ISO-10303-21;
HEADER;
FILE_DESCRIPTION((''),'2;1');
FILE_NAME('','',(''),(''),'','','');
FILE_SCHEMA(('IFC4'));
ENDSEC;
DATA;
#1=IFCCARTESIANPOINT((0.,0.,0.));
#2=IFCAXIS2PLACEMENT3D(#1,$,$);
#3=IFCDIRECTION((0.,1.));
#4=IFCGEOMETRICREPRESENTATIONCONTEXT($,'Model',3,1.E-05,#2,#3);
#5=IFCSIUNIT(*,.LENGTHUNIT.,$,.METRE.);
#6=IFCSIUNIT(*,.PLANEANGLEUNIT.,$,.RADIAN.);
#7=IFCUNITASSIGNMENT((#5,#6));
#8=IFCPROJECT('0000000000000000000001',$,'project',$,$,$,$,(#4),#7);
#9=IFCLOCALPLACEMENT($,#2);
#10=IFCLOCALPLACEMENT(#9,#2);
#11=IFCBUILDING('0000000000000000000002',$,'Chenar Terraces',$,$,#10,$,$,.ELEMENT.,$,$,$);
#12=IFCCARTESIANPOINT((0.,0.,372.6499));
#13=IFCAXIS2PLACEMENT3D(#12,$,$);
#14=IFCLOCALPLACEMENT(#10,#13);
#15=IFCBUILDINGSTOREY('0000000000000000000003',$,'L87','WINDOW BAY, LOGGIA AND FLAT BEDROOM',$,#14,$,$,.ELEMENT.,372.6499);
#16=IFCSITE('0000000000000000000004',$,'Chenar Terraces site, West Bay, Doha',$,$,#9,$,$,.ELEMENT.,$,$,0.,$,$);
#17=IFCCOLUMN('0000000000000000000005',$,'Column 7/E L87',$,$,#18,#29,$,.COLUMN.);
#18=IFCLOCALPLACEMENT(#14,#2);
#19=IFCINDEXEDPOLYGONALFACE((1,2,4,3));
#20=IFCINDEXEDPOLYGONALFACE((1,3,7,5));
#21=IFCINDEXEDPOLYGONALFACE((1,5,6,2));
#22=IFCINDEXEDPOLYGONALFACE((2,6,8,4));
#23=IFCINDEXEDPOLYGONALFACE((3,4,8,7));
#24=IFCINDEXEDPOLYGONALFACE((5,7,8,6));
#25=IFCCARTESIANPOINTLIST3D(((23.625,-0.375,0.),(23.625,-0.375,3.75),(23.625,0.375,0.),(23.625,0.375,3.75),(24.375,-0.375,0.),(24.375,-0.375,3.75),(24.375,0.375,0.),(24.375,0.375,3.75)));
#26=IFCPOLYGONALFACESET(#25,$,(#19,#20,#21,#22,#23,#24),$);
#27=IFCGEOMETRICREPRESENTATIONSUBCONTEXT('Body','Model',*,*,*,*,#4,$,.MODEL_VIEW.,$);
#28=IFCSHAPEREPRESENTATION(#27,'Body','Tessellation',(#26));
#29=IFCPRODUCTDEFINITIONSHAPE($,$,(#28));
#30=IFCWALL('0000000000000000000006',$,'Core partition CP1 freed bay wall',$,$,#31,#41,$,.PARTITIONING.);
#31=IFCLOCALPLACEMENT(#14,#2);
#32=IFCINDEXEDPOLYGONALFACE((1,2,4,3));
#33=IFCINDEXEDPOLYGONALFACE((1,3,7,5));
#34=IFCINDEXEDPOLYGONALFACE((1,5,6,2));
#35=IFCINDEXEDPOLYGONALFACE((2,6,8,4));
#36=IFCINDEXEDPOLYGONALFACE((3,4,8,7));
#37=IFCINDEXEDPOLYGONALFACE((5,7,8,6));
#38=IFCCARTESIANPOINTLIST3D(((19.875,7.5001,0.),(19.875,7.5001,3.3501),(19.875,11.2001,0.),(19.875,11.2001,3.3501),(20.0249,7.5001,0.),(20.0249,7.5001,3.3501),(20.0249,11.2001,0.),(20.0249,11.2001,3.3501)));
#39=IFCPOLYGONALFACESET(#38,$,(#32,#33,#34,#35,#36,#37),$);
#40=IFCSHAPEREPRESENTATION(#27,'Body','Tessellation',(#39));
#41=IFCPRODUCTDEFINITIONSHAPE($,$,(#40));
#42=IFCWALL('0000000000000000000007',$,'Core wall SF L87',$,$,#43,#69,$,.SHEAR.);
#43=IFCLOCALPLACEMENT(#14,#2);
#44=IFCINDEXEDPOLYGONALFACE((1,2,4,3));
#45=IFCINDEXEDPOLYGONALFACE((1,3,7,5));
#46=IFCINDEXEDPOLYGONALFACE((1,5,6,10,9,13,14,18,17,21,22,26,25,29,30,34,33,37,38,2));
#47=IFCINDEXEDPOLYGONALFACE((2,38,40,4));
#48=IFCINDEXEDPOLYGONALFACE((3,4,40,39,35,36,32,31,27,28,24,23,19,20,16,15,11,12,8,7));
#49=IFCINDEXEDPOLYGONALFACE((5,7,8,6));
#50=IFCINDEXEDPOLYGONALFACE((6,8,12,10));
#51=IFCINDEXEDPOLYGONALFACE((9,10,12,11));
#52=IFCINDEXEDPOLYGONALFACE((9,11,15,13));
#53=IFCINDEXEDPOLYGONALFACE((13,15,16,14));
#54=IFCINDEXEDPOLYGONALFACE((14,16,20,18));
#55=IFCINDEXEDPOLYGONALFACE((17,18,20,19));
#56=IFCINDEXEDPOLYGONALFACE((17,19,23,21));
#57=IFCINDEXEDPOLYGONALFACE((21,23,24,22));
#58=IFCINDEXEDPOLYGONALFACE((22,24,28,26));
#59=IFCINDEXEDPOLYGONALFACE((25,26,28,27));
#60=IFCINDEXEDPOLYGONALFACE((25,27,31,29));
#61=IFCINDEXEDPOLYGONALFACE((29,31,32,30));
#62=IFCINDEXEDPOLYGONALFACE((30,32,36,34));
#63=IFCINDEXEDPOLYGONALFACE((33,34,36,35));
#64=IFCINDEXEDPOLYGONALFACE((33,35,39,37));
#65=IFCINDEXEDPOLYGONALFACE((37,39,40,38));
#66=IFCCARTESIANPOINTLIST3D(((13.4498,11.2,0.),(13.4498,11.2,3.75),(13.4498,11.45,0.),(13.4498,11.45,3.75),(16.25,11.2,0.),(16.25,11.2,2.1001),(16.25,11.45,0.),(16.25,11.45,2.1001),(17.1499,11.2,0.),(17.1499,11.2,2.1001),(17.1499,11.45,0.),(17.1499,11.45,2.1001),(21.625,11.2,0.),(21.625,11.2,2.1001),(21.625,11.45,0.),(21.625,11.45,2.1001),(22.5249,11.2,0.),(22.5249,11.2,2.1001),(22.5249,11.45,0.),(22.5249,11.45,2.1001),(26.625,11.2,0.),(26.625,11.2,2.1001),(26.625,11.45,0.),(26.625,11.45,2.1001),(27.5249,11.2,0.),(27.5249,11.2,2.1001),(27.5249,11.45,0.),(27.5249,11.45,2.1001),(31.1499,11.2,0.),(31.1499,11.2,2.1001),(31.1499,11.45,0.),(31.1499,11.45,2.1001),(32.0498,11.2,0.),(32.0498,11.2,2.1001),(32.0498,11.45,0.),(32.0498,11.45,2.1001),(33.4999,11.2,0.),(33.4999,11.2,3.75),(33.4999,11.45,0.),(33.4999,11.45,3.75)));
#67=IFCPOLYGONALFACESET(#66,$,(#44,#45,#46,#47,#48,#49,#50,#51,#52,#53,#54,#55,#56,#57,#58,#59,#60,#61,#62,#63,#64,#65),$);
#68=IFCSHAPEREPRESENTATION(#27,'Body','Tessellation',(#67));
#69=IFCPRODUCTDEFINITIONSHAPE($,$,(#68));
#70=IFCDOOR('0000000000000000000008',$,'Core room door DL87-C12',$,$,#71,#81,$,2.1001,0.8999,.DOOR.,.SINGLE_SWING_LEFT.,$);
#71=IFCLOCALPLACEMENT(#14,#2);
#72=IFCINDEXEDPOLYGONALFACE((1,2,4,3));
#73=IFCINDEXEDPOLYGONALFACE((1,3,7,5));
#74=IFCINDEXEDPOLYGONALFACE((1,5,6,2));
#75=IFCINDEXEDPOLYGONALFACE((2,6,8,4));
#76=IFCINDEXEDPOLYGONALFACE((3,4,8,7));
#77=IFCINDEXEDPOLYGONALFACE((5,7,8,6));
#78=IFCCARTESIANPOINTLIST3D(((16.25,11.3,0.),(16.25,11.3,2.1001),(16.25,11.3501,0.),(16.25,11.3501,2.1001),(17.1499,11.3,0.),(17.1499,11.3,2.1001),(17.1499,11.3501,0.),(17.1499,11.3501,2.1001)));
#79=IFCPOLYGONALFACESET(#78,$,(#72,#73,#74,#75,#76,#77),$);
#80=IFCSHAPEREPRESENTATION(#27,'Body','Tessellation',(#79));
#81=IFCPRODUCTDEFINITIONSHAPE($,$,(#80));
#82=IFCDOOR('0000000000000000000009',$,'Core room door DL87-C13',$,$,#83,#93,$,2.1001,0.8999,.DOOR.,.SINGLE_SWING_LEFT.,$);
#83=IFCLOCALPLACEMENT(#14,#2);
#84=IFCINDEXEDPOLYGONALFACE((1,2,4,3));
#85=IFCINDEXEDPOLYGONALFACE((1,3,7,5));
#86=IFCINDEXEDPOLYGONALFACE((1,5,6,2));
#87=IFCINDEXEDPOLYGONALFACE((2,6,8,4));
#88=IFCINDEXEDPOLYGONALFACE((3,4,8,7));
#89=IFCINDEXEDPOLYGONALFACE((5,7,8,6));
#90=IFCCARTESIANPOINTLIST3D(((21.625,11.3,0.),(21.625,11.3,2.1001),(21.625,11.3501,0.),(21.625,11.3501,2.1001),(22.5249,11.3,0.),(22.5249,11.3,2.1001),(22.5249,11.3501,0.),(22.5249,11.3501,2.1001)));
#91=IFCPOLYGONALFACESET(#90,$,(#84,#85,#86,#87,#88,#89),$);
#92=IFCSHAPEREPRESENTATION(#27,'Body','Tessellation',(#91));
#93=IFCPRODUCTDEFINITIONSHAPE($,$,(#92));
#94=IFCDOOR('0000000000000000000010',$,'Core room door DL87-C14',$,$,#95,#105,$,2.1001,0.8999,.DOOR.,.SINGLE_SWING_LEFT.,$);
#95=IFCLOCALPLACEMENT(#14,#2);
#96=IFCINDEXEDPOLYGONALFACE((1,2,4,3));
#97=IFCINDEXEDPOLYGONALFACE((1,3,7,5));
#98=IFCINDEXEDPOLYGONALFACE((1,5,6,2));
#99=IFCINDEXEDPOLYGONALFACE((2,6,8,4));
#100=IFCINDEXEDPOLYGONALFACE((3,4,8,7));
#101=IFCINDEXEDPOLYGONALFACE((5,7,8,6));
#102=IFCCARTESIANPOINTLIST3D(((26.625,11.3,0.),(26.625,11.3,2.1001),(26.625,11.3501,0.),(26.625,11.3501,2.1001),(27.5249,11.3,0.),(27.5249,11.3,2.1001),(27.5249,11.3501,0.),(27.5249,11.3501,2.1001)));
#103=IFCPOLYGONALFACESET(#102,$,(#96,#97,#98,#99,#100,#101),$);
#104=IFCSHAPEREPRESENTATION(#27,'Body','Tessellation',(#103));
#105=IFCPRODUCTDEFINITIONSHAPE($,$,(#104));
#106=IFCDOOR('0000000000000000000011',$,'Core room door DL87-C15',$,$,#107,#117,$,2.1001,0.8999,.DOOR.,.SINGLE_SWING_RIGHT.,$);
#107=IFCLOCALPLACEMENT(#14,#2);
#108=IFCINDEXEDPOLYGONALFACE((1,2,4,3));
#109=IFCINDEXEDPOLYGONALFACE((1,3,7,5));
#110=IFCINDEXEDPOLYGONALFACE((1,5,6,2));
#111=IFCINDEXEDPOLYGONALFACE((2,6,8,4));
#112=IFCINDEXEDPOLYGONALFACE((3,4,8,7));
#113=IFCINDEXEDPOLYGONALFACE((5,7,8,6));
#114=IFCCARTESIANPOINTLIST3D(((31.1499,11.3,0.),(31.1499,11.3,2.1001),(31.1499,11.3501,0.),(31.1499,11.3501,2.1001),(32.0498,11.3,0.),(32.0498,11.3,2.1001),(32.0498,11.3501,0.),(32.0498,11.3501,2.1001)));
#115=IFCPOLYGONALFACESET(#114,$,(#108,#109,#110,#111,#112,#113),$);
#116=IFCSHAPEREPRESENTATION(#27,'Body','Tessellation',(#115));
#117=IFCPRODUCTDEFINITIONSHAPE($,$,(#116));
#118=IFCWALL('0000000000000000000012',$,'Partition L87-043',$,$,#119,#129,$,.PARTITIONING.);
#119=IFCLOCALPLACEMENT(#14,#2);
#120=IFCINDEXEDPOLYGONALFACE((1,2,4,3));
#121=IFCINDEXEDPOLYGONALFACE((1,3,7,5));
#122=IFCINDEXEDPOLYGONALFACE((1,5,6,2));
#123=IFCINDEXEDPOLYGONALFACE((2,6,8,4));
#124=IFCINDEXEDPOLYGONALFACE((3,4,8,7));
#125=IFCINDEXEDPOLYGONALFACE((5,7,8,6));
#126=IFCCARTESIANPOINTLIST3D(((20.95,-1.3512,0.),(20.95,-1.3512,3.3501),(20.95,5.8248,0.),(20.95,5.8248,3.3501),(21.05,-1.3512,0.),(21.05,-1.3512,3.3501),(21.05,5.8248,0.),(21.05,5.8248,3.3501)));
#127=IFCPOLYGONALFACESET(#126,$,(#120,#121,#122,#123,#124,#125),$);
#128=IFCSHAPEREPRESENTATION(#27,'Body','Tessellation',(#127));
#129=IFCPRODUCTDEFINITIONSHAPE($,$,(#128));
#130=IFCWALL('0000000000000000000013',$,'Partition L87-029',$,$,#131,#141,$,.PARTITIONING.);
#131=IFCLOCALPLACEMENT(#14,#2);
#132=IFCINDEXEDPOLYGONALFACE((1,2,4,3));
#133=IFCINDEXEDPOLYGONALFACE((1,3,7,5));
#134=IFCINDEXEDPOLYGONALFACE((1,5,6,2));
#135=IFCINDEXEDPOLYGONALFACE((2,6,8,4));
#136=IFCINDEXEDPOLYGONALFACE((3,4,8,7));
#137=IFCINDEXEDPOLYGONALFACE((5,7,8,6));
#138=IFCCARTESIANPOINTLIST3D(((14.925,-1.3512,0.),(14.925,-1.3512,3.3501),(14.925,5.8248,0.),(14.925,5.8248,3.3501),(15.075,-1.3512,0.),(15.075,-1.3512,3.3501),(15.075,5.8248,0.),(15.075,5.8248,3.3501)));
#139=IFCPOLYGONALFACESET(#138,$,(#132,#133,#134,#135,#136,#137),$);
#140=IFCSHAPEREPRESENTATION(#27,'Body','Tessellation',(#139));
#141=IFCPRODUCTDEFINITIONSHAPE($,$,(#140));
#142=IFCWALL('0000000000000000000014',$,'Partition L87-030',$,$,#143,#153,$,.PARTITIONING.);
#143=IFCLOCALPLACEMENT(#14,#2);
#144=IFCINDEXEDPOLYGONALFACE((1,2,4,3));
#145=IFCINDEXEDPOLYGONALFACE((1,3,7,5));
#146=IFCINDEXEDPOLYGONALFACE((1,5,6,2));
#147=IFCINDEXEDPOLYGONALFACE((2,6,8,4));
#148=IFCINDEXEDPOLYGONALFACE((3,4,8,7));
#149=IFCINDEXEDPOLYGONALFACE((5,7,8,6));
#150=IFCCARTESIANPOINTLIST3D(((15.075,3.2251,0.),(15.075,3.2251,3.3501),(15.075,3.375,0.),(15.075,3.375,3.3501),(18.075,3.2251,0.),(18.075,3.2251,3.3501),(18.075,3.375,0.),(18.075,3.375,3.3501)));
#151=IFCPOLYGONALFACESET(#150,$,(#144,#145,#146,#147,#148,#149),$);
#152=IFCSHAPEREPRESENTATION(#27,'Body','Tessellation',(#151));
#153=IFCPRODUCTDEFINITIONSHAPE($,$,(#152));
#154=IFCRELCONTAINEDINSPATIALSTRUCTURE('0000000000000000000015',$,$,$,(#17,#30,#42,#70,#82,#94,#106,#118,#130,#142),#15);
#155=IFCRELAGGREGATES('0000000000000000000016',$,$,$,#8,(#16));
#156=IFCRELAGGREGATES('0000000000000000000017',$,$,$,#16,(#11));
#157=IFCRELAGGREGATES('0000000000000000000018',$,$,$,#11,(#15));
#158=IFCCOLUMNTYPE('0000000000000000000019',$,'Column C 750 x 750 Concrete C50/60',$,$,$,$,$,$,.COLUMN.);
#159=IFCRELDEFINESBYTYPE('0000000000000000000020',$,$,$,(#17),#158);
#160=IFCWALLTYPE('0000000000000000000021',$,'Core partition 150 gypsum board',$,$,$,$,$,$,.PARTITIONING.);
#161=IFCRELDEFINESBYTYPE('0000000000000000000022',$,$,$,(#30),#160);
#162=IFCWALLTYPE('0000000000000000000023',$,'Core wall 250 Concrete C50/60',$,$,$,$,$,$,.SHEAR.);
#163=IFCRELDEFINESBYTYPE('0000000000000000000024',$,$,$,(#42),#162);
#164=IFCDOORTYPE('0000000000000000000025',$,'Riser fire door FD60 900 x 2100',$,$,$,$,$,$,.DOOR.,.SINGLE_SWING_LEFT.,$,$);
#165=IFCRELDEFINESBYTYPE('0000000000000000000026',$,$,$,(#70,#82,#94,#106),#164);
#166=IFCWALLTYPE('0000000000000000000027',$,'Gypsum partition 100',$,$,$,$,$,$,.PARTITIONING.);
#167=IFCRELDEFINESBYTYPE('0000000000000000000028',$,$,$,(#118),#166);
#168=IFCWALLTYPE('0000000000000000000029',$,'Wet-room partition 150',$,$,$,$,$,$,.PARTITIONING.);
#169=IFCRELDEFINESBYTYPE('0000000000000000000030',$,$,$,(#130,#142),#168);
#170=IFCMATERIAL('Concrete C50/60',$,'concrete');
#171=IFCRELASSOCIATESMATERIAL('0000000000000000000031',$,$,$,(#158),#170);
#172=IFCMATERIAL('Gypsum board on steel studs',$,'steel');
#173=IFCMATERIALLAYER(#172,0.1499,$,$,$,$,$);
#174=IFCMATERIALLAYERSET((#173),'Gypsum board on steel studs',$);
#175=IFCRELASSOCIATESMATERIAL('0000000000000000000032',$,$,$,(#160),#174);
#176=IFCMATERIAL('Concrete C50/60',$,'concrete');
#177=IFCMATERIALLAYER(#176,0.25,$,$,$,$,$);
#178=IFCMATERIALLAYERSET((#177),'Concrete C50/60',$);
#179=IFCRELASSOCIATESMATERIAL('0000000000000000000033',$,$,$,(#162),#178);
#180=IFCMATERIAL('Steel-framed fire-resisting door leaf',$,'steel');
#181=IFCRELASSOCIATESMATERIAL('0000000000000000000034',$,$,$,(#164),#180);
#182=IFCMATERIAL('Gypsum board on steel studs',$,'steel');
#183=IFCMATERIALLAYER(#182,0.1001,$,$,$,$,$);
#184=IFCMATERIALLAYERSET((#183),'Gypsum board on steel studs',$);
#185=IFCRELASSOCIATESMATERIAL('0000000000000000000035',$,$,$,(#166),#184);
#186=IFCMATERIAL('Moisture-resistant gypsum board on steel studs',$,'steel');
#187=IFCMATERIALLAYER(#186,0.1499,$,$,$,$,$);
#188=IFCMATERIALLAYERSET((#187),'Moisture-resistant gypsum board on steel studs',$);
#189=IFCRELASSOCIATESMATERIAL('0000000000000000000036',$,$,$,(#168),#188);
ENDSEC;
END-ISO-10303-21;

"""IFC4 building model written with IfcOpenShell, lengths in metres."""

from ifc_helpers import new_model, si_unit, direction, frame, frame_2d, origin, origin_2d, place, context, subcontext, project, spatial, rectangle, extrude, material, layer, layer_set, material_profile, profile_set, type_object, element, fill, save


model = new_model("IFC4")

# Units and contexts
model_context = context("Model", 3, precision=1e-05, world=origin(), true_north=direction((0.0, 1.0)))
body_context = subcontext(model_context, "Body", "Model", "MODEL_VIEW")
ifc_project = project(units=[si_unit("LENGTHUNIT", "METRE"), si_unit("PLANEANGLEUNIT", "RADIAN")], contexts=[model_context])

# Site, building, storey
site_placement = place(None, origin())
site = spatial("IfcSite", under=ifc_project, at=site_placement, Name="Chenar Terraces site, West Bay, Doha", CompositionType="ELEMENT", RefElevation=0.0)
building_placement = place(site_placement, origin())
building = spatial("IfcBuilding", under=site, at=building_placement, Name="Chenar Terraces", CompositionType="ELEMENT")
storey_placement = place(building_placement, frame((0.0, 0.0, 372.6499)))
storey = spatial("IfcBuildingStorey", under=building, at=storey_placement, Name="L87", Description="WINDOW BAY, LOGGIA AND FLAT BEDROOM", CompositionType="ELEMENT", Elevation=372.6499)

# Column
ifc_material_1 = material(Name="Concrete C50/60", Category="concrete")
ifc_material_profile = material_profile(ifc_material_1, rectangle(XDim=0.75, YDim=0.75, at=origin_2d()), Name="C 750 x 750")
ifc_profile_set = profile_set([ifc_material_profile], Name="Concrete C50/60")
column_type = type_object("IfcColumnType", Name="Column C 750 x 750 Concrete C50/60", PredefinedType="COLUMN", material=ifc_profile_set)
column_placement = place(storey_placement, frame((24.0, 0.0, 0.0), z_axis=(0.0, 0.0, 1.0), x_axis=(1.0, 0.0, 0.0)))
element("IfcColumn", 1, at=column_placement, inside=storey, type_object=column_type, Name="Column 7/E L87", PredefinedType="COLUMN", context=body_context, shape_type="SweptSolid", body=[
    extrude(rectangle(XDim=0.75, YDim=0.75, at=origin_2d()), origin(), (0.0, 0.0, 1.0), 3.75),
])

# Wall
ifc_material_2 = material(Name="Gypsum board on steel studs", Category="steel")
ifc_layer_1 = layer(ifc_material_2, 0.1499)
ifc_layer_set_1 = layer_set([ifc_layer_1], Name="Gypsum board on steel studs")
wall_type_1 = type_object("IfcWallType", Name="Core partition 150 gypsum board", PredefinedType="PARTITIONING", material=ifc_layer_set_1)
wall_1_placement = place(storey_placement, frame((19.95, 7.5, 0.0), z_axis=(0.0, 0.0, 1.0), x_axis=(0.0, 1.0, 0.0)))
element("IfcWall", 2, at=wall_1_placement, inside=storey, type_object=wall_type_1, Name="Core partition CP1 freed bay wall", PredefinedType="PARTITIONING", context=body_context, shape_type="SweptSolid", body=[
    extrude(rectangle(XDim=3.7, YDim=0.1499, at=frame_2d((1.8501, 0.0))), origin(), (0.0, 0.0, 1.0), 3.3501),
])

# Wall, openings, doors
ifc_material_3 = material(Name="Concrete C50/60", Category="concrete")
ifc_layer_2 = layer(ifc_material_3, 0.25)
ifc_layer_set_2 = layer_set([ifc_layer_2], Name="Concrete C50/60")
wall_type_2 = type_object("IfcWallType", Name="Core wall 250 Concrete C50/60", PredefinedType="SHEAR", material=ifc_layer_set_2)
wall_2_placement = place(storey_placement, frame((13.45, 11.325, 0.0), z_axis=(0.0, 0.0, 1.0), x_axis=(1.0, 0.0, 0.0)))
wall_2 = element("IfcWall", 3, at=wall_2_placement, inside=storey, type_object=wall_type_2, Name="Core wall SF L87", PredefinedType="SHEAR", context=body_context, shape_type="SweptSolid", body=[
    extrude(rectangle(XDim=20.05, YDim=0.25, at=frame_2d((10.0249, 0.0))), origin(), (0.0, 0.0, 1.0), 3.75),
])
opening_1_placement = place(wall_2_placement, frame((2.8, 0.0, 0.0)))
opening_1 = element("IfcOpeningElement", 4, at=opening_1_placement, cuts=wall_2, PredefinedType="OPENING", context=body_context, shape_type="SweptSolid", body=[
    extrude(rectangle(XDim=0.8999, YDim=2.1001, at=frame_2d((0.45, 1.05))), frame((0.0, 0.135, 0.0), z_axis=(0.0, -1.0, 0.0), x_axis=(1.0, 0.0, 0.0)), (0.0, 0.0, 1.0), 0.27),
])
opening_2_placement = place(wall_2_placement, frame((8.175, 0.0, 0.0)))
opening_2 = element("IfcOpeningElement", 5, at=opening_2_placement, cuts=wall_2, PredefinedType="OPENING", context=body_context, shape_type="SweptSolid", body=[
    extrude(rectangle(XDim=0.8999, YDim=2.1001, at=frame_2d((0.45, 1.05))), frame((0.0, 0.135, 0.0), z_axis=(0.0, -1.0, 0.0), x_axis=(1.0, 0.0, 0.0)), (0.0, 0.0, 1.0), 0.27),
])
opening_3_placement = place(wall_2_placement, frame((13.175, 0.0, 0.0)))
opening_3 = element("IfcOpeningElement", 6, at=opening_3_placement, cuts=wall_2, PredefinedType="OPENING", context=body_context, shape_type="SweptSolid", body=[
    extrude(rectangle(XDim=0.8999, YDim=2.1001, at=frame_2d((0.45, 1.05))), frame((0.0, 0.135, 0.0), z_axis=(0.0, -1.0, 0.0), x_axis=(1.0, 0.0, 0.0)), (0.0, 0.0, 1.0), 0.27),
])
opening_4_placement = place(wall_2_placement, frame((17.7, 0.0, 0.0)))
opening_4 = element("IfcOpeningElement", 7, at=opening_4_placement, cuts=wall_2, PredefinedType="OPENING", context=body_context, shape_type="SweptSolid", body=[
    extrude(rectangle(XDim=0.8999, YDim=2.1001, at=frame_2d((0.45, 1.05))), frame((0.0, 0.135, 0.0), z_axis=(0.0, -1.0, 0.0), x_axis=(1.0, 0.0, 0.0)), (0.0, 0.0, 1.0), 0.27),
])
ifc_material_4 = material(Name="Steel-framed fire-resisting door leaf", Category="steel")
door_type_1 = type_object("IfcDoorType", Name="Riser fire door FD60 900 x 2100", OperationType="SINGLE_SWING_LEFT", PredefinedType="DOOR", material=ifc_material_4)
door_1_placement = place(opening_1_placement, frame((0.8999, 0.0, 0.0), z_axis=(0.0, 0.0, 1.0), x_axis=(-1.0, 0.0, 0.0)))
door_1 = element("IfcDoor", 8, at=door_1_placement, inside=storey, type_object=door_type_1, Name="Core room door DL87-C12", OperationType="SINGLE_SWING_LEFT", OverallHeight=2.1001, OverallWidth=0.8999, PredefinedType="DOOR", context=body_context, shape_type="SweptSolid", body=[
    extrude(rectangle(XDim=0.8999, YDim=2.1001, at=frame_2d((0.45, 1.05))), frame((0.0, 0.0249, 0.0), z_axis=(0.0, -1.0, 0.0), x_axis=(1.0, 0.0, 0.0)), (0.0, 0.0, 1.0), 0.05),
])
fill(opening_1, door_1)
door_2_placement = place(opening_2_placement, frame((0.8999, 0.0, 0.0), z_axis=(0.0, 0.0, 1.0), x_axis=(-1.0, 0.0, 0.0)))
door_2 = element("IfcDoor", 9, at=door_2_placement, inside=storey, type_object=door_type_1, Name="Core room door DL87-C13", OperationType="SINGLE_SWING_LEFT", OverallHeight=2.1001, OverallWidth=0.8999, PredefinedType="DOOR", context=body_context, shape_type="SweptSolid", body=[
    extrude(rectangle(XDim=0.8999, YDim=2.1001, at=frame_2d((0.45, 1.05))), frame((0.0, 0.0249, 0.0), z_axis=(0.0, -1.0, 0.0), x_axis=(1.0, 0.0, 0.0)), (0.0, 0.0, 1.0), 0.05),
])
fill(opening_2, door_2)
door_3_placement = place(opening_3_placement, frame((0.8999, 0.0, 0.0), z_axis=(0.0, 0.0, 1.0), x_axis=(-1.0, 0.0, 0.0)))
door_3 = element("IfcDoor", 10, at=door_3_placement, inside=storey, type_object=door_type_1, Name="Core room door DL87-C14", OperationType="SINGLE_SWING_LEFT", OverallHeight=2.1001, OverallWidth=0.8999, PredefinedType="DOOR", context=body_context, shape_type="SweptSolid", body=[
    extrude(rectangle(XDim=0.8999, YDim=2.1001, at=frame_2d((0.45, 1.05))), frame((0.0, 0.0249, 0.0), z_axis=(0.0, -1.0, 0.0), x_axis=(1.0, 0.0, 0.0)), (0.0, 0.0, 1.0), 0.05),
])
fill(opening_3, door_3)
door_4_placement = place(opening_4_placement, frame((0.8999, 0.0, 0.0), z_axis=(0.0, 0.0, 1.0), x_axis=(-1.0, 0.0, 0.0)))
door_4 = element("IfcDoor", 11, at=door_4_placement, inside=storey, type_object=door_type_1, Name="Core room door DL87-C15", OperationType="SINGLE_SWING_RIGHT", OverallHeight=2.1001, OverallWidth=0.8999, PredefinedType="DOOR", context=body_context, shape_type="SweptSolid", body=[
    extrude(rectangle(XDim=0.8999, YDim=2.1001, at=frame_2d((0.45, 1.05))), frame((0.0, 0.0249, 0.0), z_axis=(0.0, -1.0, 0.0), x_axis=(1.0, 0.0, 0.0)), (0.0, 0.0, 1.0), 0.05),
])
fill(opening_4, door_4)

# Walls
ifc_material_5 = material(Name="Gypsum board on steel studs", Category="steel")
ifc_layer_3 = layer(ifc_material_5, 0.1001)
ifc_layer_set_3 = layer_set([ifc_layer_3], Name="Gypsum board on steel studs")
wall_type_3 = type_object("IfcWallType", Name="Gypsum partition 100", PredefinedType="PARTITIONING", material=ifc_layer_set_3)
wall_3_placement = place(storey_placement, frame((21.0, -1.3511, 0.0), z_axis=(0.0, 0.0, 1.0), x_axis=(0.0, 1.0, 0.0)))
element("IfcWall", 12, at=wall_3_placement, inside=storey, type_object=wall_type_3, Name="Partition L87-043", PredefinedType="PARTITIONING", context=body_context, shape_type="SweptSolid", body=[
    extrude(rectangle(XDim=7.176, YDim=0.1001, at=frame_2d((3.5879, 0.0))), origin(), (0.0, 0.0, 1.0), 3.3501),
])
ifc_material_6 = material(Name="Moisture-resistant gypsum board on steel studs", Category="steel")
ifc_layer_4 = layer(ifc_material_6, 0.1499)
ifc_layer_set_4 = layer_set([ifc_layer_4], Name="Moisture-resistant gypsum board on steel studs")
wall_type_4 = type_object("IfcWallType", Name="Wet-room partition 150", PredefinedType="PARTITIONING", material=ifc_layer_set_4)
wall_4_placement = place(storey_placement, frame((15.0, -1.3511, 0.0), z_axis=(0.0, 0.0, 1.0), x_axis=(0.0, 1.0, 0.0)))
element("IfcWall", 13, at=wall_4_placement, inside=storey, type_object=wall_type_4, Name="Partition L87-029", PredefinedType="PARTITIONING", context=body_context, shape_type="SweptSolid", body=[
    extrude(rectangle(XDim=7.176, YDim=0.1499, at=frame_2d((3.5879, 0.0))), origin(), (0.0, 0.0, 1.0), 3.3501),
])
wall_5_placement = place(storey_placement, frame((15.075, 3.3, 0.0), z_axis=(0.0, 0.0, 1.0), x_axis=(1.0, 0.0, 0.0)))
element("IfcWall", 14, at=wall_5_placement, inside=storey, type_object=wall_type_4, Name="Partition L87-030", PredefinedType="PARTITIONING", context=body_context, shape_type="SweptSolid", body=[
    extrude(rectangle(XDim=3.0, YDim=0.1499, at=frame_2d((1.5, 0.0))), origin(), (0.0, 0.0, 1.0), 3.3501),
])

save(model, "model.ifc")
